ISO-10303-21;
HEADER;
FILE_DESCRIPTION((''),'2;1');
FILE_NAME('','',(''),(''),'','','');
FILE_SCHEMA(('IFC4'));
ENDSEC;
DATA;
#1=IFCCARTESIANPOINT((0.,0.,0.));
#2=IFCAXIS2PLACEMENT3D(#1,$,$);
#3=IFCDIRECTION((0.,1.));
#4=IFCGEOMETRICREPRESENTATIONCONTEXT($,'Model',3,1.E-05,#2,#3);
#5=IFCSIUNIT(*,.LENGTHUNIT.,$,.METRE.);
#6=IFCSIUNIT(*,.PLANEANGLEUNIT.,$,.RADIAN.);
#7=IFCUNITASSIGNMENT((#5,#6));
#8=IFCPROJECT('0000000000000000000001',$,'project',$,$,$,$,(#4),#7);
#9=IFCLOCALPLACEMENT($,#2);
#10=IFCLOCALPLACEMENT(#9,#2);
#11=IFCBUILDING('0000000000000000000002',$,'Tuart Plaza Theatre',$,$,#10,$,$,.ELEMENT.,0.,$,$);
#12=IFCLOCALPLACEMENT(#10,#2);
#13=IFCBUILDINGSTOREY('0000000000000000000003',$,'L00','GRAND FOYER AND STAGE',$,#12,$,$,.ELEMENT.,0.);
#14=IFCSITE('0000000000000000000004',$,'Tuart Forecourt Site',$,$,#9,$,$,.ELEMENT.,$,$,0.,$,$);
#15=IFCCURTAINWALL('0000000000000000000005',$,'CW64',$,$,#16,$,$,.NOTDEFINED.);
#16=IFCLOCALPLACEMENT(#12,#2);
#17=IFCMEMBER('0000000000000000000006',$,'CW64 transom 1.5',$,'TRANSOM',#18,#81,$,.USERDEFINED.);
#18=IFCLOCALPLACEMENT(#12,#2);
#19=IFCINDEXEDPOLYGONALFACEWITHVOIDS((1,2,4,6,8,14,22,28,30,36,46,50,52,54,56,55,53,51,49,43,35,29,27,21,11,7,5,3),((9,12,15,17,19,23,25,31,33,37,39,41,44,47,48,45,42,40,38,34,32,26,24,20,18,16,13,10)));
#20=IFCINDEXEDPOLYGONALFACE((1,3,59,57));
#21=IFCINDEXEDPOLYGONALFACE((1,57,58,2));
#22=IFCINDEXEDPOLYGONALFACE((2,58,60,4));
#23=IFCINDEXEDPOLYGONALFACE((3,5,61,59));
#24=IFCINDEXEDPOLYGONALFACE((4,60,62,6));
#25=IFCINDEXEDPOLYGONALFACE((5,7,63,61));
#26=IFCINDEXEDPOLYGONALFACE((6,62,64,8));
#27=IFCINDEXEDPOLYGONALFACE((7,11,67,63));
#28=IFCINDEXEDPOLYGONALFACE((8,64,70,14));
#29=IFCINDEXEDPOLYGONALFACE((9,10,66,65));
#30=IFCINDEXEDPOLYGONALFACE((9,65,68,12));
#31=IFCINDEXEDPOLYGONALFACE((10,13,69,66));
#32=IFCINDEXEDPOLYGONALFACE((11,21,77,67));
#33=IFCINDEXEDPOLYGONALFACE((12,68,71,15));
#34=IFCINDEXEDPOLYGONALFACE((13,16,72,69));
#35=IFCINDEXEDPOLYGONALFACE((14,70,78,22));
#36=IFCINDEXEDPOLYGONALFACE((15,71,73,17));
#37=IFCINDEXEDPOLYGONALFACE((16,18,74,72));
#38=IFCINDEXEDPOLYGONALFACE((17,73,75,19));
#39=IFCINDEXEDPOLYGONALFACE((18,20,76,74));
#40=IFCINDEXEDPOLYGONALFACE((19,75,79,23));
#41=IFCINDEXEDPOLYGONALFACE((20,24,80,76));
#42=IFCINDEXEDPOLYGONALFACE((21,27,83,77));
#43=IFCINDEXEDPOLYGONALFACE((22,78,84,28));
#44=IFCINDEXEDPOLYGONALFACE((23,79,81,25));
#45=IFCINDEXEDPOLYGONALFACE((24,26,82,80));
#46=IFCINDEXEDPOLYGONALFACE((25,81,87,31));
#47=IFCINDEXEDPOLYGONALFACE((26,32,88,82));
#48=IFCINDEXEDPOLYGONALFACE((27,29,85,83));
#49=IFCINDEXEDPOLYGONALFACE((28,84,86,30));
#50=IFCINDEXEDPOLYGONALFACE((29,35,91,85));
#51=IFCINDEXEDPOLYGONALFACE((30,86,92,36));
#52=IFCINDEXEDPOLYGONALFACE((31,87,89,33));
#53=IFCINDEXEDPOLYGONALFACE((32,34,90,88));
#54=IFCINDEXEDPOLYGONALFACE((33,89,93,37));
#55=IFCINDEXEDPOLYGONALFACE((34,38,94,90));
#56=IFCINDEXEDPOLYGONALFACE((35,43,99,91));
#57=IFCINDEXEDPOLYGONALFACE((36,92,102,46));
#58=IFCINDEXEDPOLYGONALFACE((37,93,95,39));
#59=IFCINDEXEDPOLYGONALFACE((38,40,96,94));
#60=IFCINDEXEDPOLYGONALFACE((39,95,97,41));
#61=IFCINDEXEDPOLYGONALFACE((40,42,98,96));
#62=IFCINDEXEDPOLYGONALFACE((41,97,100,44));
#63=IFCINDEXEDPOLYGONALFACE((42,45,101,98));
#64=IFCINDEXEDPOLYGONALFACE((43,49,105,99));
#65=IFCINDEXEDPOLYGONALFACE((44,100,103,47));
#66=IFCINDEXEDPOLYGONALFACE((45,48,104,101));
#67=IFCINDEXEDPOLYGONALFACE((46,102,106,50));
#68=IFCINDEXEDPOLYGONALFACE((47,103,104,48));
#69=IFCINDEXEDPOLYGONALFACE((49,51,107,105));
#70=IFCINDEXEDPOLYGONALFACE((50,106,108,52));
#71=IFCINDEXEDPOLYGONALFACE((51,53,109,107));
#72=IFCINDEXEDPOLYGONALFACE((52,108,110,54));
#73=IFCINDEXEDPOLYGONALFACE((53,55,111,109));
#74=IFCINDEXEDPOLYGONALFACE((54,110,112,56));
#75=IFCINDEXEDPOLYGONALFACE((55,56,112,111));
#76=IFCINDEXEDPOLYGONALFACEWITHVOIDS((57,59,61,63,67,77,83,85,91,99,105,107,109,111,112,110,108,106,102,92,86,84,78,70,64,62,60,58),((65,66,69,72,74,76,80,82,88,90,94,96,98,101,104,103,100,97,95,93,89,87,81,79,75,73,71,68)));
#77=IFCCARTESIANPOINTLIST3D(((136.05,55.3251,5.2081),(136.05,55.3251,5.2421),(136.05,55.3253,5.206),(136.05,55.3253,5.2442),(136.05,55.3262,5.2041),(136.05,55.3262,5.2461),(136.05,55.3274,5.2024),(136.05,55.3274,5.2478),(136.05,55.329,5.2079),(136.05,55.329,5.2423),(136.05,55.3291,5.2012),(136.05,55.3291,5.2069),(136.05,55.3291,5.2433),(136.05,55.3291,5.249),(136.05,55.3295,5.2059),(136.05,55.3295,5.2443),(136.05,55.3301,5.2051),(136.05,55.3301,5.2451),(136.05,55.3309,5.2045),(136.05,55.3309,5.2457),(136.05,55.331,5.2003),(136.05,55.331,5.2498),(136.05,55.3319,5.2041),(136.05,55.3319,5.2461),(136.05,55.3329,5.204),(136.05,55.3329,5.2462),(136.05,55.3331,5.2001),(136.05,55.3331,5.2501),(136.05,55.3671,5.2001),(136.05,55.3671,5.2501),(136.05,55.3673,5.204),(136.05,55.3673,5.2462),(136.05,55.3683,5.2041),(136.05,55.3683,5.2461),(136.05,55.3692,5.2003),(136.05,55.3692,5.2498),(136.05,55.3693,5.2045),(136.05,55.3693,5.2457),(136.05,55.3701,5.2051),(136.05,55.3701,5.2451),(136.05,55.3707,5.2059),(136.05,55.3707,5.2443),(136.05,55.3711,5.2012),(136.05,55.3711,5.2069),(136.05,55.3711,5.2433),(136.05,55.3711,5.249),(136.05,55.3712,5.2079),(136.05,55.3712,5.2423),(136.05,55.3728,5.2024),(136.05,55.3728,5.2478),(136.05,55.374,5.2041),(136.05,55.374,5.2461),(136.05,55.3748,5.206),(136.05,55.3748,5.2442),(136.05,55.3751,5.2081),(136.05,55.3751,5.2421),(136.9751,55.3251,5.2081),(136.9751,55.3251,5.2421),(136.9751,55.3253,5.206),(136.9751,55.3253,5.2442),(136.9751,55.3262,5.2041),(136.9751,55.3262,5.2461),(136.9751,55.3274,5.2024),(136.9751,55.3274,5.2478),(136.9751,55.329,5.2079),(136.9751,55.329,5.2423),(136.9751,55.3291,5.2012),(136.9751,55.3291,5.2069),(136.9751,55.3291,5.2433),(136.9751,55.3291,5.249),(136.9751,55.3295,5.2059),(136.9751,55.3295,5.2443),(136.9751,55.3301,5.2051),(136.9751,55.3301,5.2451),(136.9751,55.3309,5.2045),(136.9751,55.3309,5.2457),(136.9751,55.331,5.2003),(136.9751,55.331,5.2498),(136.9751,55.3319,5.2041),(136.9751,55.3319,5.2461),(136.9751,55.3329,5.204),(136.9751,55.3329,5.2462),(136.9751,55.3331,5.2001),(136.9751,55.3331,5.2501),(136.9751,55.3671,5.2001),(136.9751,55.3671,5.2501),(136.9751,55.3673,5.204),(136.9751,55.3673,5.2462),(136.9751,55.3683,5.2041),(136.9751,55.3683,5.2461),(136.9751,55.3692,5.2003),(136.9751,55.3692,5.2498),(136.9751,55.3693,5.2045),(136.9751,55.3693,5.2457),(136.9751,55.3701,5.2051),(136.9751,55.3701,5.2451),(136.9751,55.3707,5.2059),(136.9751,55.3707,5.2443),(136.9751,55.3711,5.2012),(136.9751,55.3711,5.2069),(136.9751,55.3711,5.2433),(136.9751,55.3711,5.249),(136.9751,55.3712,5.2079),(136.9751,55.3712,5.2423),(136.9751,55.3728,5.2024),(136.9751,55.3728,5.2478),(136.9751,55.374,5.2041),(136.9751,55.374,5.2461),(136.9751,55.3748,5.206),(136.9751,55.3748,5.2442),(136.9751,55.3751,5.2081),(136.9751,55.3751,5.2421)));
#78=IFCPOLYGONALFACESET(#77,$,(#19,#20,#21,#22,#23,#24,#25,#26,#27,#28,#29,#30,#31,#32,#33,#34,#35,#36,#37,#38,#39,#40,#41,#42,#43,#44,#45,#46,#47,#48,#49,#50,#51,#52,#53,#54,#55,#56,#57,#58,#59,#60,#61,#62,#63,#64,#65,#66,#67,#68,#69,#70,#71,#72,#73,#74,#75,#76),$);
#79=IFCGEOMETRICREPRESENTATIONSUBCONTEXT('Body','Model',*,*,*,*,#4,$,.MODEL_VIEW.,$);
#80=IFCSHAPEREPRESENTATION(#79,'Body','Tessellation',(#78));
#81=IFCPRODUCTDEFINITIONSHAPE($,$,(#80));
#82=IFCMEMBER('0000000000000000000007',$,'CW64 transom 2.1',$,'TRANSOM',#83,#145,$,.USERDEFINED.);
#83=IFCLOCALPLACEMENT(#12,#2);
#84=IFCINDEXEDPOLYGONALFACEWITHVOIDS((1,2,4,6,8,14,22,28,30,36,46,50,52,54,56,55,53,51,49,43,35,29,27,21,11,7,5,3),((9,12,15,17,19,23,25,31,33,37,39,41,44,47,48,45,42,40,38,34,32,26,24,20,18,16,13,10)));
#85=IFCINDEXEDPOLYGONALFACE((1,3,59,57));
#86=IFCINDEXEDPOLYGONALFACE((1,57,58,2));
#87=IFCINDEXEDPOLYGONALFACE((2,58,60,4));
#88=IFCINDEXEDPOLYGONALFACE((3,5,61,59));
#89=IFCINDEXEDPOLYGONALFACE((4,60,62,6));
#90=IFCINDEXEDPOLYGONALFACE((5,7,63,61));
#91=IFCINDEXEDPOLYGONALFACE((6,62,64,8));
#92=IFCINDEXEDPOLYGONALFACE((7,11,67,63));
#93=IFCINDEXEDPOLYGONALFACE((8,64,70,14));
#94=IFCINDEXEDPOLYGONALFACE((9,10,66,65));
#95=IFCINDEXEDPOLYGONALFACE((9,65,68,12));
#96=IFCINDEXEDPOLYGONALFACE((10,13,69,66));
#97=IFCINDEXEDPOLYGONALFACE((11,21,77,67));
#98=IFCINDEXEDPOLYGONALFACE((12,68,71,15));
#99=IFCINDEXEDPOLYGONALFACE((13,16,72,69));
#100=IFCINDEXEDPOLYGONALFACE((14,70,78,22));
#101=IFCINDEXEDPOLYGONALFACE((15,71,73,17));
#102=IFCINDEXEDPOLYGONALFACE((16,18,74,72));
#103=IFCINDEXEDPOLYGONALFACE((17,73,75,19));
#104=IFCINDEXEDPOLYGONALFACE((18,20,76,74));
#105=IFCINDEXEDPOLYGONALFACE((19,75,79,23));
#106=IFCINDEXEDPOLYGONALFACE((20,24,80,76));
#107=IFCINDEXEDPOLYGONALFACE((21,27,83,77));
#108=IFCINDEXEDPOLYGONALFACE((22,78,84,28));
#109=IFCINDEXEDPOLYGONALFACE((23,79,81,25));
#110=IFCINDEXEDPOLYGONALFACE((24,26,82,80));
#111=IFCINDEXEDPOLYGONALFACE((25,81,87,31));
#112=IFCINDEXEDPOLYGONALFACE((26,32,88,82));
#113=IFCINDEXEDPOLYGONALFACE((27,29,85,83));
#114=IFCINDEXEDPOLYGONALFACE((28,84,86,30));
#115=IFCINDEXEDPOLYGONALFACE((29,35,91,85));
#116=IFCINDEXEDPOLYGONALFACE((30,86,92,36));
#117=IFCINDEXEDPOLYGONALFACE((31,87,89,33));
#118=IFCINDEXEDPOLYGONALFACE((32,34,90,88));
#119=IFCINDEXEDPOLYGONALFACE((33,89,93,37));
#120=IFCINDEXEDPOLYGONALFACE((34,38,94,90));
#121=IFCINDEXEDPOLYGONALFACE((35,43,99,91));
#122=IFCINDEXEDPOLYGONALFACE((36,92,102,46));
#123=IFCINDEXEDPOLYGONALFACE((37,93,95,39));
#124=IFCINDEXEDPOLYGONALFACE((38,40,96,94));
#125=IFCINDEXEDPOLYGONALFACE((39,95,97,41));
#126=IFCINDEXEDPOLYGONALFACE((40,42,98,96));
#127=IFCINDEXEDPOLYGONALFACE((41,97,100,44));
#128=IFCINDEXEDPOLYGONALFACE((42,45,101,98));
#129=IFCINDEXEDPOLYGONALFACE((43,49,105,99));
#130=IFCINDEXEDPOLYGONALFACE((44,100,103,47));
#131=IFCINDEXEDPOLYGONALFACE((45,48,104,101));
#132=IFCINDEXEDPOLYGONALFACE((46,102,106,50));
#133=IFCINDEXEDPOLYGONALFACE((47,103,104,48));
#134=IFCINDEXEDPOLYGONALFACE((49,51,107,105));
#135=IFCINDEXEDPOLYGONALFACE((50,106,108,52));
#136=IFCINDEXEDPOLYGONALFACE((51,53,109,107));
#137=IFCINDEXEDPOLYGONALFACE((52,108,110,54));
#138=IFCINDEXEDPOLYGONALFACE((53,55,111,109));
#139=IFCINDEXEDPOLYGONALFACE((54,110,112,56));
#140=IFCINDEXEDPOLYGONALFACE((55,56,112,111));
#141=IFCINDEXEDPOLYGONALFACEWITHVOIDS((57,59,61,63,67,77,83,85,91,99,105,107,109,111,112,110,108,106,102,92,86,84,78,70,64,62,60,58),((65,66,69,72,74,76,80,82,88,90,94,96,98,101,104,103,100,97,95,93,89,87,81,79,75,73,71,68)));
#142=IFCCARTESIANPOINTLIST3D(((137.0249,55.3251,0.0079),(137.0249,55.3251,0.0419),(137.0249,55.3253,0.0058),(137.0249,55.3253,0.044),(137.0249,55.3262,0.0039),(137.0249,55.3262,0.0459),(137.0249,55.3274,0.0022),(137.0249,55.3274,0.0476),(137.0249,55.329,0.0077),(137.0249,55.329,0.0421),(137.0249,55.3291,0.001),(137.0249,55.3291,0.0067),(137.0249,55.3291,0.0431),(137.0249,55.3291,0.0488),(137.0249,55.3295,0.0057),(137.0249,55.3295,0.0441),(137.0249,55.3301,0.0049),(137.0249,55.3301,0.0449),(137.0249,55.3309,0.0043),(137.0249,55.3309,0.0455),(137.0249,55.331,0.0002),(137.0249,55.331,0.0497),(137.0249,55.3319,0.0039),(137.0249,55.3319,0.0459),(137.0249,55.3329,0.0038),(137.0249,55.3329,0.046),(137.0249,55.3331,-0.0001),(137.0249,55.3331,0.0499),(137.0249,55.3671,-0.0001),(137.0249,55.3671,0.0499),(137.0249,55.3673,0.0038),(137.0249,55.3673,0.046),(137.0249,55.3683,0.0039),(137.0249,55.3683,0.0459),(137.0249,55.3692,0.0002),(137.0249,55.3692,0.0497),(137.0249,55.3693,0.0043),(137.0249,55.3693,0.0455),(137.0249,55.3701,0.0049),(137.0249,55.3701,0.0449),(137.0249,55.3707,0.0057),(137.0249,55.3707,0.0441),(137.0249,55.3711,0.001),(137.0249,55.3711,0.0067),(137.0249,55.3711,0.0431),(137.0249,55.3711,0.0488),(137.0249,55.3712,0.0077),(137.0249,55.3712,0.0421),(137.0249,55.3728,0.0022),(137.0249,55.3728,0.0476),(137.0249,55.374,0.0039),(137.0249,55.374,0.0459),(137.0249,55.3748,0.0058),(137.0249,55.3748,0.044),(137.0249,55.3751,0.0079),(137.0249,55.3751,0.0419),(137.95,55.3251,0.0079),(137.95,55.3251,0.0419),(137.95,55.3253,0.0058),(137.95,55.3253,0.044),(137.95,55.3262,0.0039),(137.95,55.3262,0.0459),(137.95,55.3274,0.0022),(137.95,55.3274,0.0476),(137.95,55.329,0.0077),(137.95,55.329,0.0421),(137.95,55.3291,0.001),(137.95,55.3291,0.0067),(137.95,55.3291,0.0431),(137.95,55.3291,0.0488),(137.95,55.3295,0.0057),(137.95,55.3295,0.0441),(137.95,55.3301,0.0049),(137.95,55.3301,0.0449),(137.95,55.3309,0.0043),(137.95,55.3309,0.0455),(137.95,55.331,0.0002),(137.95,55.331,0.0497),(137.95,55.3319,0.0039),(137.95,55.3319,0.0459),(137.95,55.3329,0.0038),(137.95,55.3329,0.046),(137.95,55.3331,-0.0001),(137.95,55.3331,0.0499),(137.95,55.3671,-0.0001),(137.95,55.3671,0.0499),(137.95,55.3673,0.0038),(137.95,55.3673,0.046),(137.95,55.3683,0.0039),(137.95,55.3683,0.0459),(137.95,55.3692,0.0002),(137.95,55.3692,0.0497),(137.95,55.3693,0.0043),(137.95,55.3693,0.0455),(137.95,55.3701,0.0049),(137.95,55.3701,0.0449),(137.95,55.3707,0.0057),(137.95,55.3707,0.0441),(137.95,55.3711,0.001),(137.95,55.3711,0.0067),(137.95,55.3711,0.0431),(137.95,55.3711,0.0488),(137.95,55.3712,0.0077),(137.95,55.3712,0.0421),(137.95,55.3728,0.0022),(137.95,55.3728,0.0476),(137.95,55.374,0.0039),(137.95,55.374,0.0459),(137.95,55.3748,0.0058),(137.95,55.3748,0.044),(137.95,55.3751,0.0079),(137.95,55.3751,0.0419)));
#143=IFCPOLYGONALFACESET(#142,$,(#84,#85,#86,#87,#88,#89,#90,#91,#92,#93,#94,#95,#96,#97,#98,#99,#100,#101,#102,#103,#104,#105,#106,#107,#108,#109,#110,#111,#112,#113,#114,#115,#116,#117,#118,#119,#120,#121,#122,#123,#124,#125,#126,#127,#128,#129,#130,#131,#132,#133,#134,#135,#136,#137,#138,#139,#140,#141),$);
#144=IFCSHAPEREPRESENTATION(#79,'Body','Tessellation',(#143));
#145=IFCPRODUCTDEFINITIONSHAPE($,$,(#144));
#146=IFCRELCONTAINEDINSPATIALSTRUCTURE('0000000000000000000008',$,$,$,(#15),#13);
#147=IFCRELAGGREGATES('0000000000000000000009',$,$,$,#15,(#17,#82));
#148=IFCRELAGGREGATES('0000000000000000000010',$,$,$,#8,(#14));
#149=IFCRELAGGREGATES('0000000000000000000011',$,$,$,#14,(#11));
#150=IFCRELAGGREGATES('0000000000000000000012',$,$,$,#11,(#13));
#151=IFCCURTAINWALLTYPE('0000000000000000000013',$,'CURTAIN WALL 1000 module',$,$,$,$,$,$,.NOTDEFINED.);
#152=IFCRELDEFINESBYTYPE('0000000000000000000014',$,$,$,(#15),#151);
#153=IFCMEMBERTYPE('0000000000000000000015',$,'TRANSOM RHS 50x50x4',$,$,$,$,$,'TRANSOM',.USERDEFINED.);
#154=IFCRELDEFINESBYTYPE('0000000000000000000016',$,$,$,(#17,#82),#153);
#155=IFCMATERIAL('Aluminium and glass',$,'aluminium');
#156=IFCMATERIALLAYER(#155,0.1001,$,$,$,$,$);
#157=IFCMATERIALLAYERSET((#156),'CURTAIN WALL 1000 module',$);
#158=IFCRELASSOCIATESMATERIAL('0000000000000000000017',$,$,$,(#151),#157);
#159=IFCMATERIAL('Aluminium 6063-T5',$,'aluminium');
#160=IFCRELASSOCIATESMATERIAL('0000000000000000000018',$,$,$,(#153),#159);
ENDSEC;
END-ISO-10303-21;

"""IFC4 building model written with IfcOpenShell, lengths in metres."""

from ifc_helpers import new_model, si_unit, direction, frame, origin, origin_2d, place, context, subcontext, project, spatial, hollow_rectangle, extrude, material, layer, layer_set, material_profile, profile_set, type_object, element, aggregate, save


model = new_model("IFC4")

# Units and contexts
model_context = context("Model", 3, precision=1e-05, world=origin(), true_north=direction((0.0, 1.0)))
body_context = subcontext(model_context, "Body", "Model", "MODEL_VIEW")
ifc_project = project(units=[si_unit("LENGTHUNIT", "METRE"), si_unit("PLANEANGLEUNIT", "RADIAN")], contexts=[model_context])

# Site, building, storey
site_placement = place(None, origin())
site = spatial("IfcSite", under=ifc_project, at=site_placement, Name="Tuart Forecourt Site", CompositionType="ELEMENT", RefElevation=0.0)
building_placement = place(site_placement, origin())
building = spatial("IfcBuilding", under=site, at=building_placement, Name="Tuart Plaza Theatre", CompositionType="ELEMENT", ElevationOfRefHeight=0.0)
storey_placement = place(building_placement, origin())
storey = spatial("IfcBuildingStorey", under=building, at=storey_placement, Name="L00", Description="GRAND FOYER AND STAGE", CompositionType="ELEMENT", Elevation=0.0)

# Curtain wall
ifc_material_1 = material(Name="Aluminium and glass", Category="aluminium")
ifc_layer_1 = layer(ifc_material_1, 0.1001)
ifc_layer_set_1 = layer_set([ifc_layer_1], Name="CURTAIN WALL 1000 module")
curtain_wall_type_1 = type_object("IfcCurtainWallType", Name="CURTAIN WALL 1000 module", PredefinedType="NOTDEFINED", material=ifc_layer_set_1)
curtain_wall_1_placement = place(storey_placement, origin())
curtain_wall_1 = element("IfcCurtainWall", 1, at=curtain_wall_1_placement, inside=storey, type_object=curtain_wall_type_1, Name="CW64", PredefinedType="NOTDEFINED")

# Members
ifc_material_2 = material(Name="Aluminium 6063-T5", Category="aluminium")
ifc_material_profile_1 = material_profile(ifc_material_2, hollow_rectangle(XDim=0.05, YDim=0.05, WallThickness=0.0039, InnerFilletRadius=0.0039, OuterFilletRadius=0.0081, at=origin_2d()), Name="RHS 50x50x4")
ifc_profile_set_1 = profile_set([ifc_material_profile_1], Name="Aluminium 6063-T5")
member_type_1 = type_object("IfcMemberType", Name="TRANSOM RHS 50x50x4", ElementType="TRANSOM", PredefinedType="USERDEFINED", material=ifc_profile_set_1)
member_1_placement = place(storey_placement, frame((136.05, 55.3501, 5.2251), z_axis=(1.0, 0.0, 0.0), x_axis=(0.0, 1.0, 0.0)))
member_1 = element("IfcMember", 2, at=member_1_placement, type_object=member_type_1, Name="CW64 transom 1.5", ObjectType="TRANSOM", PredefinedType="USERDEFINED", context=body_context, shape_type="SweptSolid", body=[
    extrude(hollow_rectangle(XDim=0.05, YDim=0.05, WallThickness=0.0039, InnerFilletRadius=0.0039, OuterFilletRadius=0.0081, at=origin_2d()), origin(), (0.0, 0.0, 1.0), 0.925),
])
member_2_placement = place(storey_placement, frame((137.0249, 55.3501, 0.0249), z_axis=(1.0, 0.0, 0.0), x_axis=(0.0, 1.0, 0.0)))
member_2 = element("IfcMember", 3, at=member_2_placement, type_object=member_type_1, Name="CW64 transom 2.1", ObjectType="TRANSOM", PredefinedType="USERDEFINED", context=body_context, shape_type="SweptSolid", body=[
    extrude(hollow_rectangle(XDim=0.05, YDim=0.05, WallThickness=0.0039, InnerFilletRadius=0.0039, OuterFilletRadius=0.0081, at=origin_2d()), origin(), (0.0, 0.0, 1.0), 0.925),
])

aggregate(curtain_wall_1, [member_1, member_2])

save(model, "model.ifc")
